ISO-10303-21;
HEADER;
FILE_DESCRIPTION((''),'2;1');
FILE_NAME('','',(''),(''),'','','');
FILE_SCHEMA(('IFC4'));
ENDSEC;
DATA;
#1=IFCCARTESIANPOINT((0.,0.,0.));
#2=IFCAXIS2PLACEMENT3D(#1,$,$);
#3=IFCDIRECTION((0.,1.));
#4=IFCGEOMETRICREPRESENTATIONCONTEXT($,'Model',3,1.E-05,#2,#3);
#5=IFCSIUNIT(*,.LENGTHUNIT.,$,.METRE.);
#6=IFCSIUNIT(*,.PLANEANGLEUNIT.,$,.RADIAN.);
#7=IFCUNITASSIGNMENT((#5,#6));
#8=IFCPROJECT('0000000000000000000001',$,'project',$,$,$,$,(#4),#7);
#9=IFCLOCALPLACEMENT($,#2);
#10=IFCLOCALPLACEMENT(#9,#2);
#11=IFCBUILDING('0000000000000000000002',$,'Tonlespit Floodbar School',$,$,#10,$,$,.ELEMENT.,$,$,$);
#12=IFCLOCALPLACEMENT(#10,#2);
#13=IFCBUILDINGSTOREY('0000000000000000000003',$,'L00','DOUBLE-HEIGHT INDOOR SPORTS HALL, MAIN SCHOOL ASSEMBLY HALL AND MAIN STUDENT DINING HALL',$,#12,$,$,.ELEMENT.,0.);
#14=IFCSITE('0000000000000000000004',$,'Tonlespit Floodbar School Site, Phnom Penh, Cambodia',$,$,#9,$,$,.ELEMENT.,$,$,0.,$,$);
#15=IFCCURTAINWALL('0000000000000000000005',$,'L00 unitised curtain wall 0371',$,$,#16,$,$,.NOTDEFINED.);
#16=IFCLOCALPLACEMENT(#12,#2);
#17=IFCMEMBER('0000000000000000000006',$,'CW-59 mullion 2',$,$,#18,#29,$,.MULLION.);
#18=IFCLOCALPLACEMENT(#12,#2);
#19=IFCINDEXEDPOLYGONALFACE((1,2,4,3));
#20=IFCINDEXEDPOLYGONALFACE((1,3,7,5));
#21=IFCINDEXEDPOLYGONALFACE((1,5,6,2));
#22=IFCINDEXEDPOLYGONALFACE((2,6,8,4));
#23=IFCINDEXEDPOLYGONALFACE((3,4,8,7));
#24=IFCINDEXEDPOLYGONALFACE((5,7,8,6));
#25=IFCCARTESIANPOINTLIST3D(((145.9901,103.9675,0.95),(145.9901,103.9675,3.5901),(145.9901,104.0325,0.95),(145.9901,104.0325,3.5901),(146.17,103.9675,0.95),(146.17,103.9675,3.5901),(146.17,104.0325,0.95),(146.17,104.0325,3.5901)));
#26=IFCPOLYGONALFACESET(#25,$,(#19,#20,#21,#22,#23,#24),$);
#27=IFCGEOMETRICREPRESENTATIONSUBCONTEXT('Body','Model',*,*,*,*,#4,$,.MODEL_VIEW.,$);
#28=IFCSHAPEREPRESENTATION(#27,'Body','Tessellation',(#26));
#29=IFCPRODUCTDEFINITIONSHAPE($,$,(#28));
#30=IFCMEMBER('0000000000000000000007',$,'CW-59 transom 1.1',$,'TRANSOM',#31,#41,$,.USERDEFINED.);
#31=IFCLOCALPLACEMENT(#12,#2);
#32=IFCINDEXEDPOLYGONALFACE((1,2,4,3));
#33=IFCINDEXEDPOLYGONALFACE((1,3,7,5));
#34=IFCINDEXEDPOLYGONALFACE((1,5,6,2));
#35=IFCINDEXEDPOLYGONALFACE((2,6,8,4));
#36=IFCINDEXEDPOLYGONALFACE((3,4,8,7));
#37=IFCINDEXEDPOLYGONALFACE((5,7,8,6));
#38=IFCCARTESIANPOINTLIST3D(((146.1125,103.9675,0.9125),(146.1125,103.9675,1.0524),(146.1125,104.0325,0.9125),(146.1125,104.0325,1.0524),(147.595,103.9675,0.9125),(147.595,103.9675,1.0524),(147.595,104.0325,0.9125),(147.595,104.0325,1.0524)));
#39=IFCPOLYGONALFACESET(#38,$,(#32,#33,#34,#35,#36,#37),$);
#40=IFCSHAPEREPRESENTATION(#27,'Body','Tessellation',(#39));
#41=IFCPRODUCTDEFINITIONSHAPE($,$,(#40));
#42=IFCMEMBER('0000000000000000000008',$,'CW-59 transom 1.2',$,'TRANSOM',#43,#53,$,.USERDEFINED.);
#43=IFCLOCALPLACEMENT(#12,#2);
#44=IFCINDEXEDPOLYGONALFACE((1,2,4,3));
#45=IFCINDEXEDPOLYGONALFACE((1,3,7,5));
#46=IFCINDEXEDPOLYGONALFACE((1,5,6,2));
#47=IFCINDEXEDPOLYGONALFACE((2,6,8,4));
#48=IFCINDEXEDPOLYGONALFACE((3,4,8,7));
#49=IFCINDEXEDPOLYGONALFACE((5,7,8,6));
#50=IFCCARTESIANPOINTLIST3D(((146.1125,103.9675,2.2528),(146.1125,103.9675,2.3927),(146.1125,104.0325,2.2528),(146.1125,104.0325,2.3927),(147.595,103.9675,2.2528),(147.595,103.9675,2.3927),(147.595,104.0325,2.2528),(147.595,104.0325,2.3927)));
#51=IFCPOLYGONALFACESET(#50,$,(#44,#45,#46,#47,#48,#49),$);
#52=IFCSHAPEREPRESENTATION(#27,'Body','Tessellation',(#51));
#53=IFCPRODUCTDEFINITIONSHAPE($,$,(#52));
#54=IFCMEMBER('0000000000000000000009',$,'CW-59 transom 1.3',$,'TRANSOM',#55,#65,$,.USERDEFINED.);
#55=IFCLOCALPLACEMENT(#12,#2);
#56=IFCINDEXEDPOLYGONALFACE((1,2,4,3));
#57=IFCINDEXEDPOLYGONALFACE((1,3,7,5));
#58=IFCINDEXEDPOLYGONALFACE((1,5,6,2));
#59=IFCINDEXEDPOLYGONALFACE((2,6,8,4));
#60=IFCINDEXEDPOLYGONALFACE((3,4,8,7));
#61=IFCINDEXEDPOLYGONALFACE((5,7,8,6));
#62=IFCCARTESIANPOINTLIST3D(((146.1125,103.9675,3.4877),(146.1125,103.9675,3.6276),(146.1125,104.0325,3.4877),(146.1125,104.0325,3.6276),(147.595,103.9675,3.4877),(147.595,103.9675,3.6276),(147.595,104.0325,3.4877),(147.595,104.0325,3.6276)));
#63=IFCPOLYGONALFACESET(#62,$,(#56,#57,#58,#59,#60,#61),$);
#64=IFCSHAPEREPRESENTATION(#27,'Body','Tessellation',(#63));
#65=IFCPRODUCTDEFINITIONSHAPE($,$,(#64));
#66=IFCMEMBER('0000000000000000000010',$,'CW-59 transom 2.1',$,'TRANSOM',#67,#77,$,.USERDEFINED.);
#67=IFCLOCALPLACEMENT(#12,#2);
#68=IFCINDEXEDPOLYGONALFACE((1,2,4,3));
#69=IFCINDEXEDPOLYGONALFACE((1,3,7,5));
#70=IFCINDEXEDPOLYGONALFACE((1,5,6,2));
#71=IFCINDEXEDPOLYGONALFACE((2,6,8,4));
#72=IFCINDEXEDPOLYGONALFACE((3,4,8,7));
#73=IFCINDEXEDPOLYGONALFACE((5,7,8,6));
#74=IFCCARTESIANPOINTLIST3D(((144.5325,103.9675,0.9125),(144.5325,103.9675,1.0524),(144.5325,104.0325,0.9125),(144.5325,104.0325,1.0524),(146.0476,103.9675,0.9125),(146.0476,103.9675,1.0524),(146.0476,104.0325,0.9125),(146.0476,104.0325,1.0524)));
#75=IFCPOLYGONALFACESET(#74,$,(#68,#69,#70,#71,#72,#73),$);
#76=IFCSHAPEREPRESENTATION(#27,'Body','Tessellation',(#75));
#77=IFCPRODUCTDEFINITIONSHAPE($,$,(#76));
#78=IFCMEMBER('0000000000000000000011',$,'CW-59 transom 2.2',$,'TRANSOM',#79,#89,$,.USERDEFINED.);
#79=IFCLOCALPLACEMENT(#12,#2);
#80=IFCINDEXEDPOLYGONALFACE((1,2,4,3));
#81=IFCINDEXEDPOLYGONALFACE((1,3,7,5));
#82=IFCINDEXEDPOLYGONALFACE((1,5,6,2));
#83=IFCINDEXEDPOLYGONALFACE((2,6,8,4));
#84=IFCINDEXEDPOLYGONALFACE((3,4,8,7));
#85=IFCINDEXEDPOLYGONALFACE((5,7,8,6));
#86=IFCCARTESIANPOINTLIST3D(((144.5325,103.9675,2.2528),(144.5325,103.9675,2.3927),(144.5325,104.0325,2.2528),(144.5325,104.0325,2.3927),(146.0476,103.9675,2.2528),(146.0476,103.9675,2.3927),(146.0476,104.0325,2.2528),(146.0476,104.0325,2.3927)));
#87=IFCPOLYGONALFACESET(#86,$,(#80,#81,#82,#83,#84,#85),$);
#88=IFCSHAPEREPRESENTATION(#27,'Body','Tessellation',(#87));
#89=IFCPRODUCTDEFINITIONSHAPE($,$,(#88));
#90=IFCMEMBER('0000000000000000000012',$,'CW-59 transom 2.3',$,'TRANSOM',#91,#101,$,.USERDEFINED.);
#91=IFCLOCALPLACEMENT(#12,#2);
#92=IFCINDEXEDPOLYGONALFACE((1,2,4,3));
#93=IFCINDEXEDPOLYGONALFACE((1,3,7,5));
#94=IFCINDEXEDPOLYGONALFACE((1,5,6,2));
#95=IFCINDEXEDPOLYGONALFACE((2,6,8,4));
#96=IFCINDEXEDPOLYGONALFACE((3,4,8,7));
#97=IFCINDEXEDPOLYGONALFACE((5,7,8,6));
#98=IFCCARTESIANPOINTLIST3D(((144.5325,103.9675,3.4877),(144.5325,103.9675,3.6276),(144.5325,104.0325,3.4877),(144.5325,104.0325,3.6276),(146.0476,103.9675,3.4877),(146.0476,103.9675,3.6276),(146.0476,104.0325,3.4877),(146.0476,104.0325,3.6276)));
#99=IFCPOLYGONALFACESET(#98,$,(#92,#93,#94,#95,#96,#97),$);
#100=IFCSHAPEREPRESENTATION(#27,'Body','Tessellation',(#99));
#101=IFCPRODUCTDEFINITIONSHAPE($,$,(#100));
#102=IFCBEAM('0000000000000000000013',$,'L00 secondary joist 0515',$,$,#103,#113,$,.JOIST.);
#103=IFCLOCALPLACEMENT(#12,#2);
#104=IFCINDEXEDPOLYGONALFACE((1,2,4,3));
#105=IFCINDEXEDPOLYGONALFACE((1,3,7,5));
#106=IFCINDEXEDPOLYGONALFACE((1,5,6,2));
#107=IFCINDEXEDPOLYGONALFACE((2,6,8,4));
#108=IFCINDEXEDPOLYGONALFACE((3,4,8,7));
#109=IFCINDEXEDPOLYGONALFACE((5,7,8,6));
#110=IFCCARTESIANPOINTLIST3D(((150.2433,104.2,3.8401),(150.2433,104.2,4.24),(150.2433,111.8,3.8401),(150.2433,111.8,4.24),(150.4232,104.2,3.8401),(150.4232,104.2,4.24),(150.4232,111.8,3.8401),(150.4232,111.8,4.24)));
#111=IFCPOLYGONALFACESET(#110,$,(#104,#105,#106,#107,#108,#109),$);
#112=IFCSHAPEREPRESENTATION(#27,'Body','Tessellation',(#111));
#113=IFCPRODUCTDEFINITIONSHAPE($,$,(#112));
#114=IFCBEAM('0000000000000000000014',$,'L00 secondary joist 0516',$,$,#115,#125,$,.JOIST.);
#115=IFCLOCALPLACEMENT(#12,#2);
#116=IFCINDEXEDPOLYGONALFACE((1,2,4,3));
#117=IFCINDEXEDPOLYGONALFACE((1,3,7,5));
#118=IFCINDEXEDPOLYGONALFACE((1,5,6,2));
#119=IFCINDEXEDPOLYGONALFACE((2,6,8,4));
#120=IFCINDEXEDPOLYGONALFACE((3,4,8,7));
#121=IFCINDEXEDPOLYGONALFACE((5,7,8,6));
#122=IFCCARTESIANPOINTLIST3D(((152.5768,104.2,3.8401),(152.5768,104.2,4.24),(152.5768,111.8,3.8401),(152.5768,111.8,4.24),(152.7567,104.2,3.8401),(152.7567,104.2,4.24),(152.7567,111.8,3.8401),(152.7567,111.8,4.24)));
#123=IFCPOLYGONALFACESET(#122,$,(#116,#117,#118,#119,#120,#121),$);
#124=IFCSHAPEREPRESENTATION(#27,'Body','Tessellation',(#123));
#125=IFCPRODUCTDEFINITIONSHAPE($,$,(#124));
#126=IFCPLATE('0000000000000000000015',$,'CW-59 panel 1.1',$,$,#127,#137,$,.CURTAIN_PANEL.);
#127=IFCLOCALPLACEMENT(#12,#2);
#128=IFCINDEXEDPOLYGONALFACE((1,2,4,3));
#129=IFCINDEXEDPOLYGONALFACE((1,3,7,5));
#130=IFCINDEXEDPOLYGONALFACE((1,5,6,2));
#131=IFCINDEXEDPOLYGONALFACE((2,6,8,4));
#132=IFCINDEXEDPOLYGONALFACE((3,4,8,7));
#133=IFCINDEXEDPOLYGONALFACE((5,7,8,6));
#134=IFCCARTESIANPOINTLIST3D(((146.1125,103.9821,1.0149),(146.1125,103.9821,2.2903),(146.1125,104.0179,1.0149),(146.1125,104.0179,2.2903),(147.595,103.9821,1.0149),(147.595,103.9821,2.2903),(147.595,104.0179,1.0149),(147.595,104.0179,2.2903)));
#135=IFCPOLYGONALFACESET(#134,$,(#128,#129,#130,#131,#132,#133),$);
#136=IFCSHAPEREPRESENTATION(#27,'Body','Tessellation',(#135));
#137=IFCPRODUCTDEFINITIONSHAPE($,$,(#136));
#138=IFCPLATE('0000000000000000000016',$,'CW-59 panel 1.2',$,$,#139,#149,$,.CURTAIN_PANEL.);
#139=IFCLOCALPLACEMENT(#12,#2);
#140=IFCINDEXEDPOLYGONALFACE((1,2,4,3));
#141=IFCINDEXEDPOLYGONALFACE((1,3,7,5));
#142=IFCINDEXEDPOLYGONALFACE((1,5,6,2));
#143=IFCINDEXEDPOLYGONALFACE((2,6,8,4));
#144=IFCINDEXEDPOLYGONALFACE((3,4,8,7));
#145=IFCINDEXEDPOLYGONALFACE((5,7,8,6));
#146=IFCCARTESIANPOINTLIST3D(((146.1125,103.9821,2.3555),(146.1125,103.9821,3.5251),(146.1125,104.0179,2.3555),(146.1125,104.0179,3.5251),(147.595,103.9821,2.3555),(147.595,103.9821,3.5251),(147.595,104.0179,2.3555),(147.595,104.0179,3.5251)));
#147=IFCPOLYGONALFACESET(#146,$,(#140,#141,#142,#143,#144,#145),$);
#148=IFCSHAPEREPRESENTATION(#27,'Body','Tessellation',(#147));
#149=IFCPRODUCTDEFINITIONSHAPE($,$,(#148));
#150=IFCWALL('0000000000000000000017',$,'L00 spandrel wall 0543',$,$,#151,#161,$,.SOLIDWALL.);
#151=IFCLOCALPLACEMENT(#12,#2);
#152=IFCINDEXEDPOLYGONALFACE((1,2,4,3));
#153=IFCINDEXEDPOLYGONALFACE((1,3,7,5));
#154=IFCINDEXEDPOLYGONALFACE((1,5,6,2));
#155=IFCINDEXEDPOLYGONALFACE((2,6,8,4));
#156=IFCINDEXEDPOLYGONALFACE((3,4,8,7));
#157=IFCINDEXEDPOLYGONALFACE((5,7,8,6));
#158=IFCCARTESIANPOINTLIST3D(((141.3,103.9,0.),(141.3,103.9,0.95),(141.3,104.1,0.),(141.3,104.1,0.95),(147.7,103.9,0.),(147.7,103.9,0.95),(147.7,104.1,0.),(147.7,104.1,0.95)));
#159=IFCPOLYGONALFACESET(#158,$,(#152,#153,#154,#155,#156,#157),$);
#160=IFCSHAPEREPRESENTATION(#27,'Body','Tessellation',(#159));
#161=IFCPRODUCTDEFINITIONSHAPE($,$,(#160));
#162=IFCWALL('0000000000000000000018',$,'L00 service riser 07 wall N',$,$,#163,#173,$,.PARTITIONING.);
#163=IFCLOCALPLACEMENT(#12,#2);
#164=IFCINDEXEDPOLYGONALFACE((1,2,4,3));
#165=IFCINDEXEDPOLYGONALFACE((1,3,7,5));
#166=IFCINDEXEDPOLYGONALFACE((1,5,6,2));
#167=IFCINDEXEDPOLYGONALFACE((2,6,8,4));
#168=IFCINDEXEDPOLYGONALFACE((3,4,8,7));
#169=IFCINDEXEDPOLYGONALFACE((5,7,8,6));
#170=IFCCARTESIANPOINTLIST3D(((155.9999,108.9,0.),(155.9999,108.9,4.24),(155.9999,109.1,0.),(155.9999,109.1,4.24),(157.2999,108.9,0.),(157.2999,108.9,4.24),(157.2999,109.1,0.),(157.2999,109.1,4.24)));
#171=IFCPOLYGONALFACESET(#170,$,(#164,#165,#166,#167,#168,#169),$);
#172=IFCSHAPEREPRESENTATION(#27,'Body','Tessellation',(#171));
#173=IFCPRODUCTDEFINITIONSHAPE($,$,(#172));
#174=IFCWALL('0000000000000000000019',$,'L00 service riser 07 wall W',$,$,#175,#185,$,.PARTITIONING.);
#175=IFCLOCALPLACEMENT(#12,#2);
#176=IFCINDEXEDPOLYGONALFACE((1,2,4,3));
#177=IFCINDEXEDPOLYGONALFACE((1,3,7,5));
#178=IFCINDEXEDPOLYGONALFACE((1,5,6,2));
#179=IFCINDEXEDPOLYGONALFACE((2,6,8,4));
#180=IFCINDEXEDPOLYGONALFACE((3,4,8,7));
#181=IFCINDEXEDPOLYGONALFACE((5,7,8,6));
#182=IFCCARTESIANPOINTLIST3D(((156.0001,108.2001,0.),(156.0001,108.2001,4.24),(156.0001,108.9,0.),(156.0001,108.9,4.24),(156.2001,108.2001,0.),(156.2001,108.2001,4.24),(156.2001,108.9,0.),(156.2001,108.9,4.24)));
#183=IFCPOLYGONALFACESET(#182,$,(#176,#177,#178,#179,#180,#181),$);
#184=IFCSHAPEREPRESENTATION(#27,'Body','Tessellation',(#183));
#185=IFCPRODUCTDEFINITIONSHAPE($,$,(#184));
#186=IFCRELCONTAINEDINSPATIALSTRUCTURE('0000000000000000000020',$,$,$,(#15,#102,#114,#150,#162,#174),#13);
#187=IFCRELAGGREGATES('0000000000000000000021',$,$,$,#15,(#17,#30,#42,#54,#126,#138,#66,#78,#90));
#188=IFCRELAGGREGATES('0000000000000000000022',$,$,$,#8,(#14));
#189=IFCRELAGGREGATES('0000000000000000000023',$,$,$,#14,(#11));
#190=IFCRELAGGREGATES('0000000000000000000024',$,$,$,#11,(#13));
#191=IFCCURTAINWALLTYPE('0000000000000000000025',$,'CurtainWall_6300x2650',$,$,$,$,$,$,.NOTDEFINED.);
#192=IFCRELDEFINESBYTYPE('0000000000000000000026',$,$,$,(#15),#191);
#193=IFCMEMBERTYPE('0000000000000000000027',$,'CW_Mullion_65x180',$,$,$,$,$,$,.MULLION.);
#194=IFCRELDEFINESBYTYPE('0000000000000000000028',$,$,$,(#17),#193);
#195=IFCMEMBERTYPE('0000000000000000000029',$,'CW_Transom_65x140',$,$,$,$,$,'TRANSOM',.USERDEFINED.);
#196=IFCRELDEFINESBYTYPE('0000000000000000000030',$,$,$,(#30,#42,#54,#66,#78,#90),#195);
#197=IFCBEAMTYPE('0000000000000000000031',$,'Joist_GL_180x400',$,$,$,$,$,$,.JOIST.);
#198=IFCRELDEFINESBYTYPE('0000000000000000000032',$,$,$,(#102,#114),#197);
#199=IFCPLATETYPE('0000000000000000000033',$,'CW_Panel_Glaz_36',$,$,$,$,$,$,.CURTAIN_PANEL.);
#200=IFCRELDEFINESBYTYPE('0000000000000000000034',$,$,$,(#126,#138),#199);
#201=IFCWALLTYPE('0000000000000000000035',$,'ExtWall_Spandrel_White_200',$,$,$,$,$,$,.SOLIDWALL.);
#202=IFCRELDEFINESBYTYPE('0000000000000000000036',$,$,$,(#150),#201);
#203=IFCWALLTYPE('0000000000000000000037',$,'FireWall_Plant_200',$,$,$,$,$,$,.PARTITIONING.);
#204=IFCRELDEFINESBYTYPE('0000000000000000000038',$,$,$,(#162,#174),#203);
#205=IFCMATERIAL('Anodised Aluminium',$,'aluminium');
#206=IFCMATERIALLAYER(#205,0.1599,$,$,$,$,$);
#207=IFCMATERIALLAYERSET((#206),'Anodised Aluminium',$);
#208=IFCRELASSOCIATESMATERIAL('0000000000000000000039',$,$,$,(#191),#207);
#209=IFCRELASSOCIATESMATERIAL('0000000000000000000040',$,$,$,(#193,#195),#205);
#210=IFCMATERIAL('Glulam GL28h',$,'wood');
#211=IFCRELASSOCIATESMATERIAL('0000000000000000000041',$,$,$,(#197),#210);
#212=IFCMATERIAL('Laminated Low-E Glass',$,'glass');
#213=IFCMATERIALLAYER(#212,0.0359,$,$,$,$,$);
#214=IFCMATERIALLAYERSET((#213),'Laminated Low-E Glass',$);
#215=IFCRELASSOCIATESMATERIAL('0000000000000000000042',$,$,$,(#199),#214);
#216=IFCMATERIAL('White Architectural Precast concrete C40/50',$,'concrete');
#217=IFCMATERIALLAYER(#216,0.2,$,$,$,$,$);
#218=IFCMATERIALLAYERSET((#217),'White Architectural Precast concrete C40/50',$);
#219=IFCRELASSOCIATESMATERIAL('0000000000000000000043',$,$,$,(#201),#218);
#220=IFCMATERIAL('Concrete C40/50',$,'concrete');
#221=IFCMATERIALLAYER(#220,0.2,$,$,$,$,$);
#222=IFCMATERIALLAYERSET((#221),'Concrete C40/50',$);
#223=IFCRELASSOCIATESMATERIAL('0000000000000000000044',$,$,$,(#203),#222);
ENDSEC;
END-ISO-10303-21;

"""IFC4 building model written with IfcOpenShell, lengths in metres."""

from ifc_helpers import new_model, si_unit, direction, frame, frame_2d, origin, origin_2d, place, context, subcontext, project, spatial, rectangle, extrude, material, layer, layer_set, material_profile, profile_set, type_object, element, aggregate, save


model = new_model("IFC4")

# Units and contexts
model_context = context("Model", 3, precision=1e-05, world=origin(), true_north=direction((0.0, 1.0)))
body_context = subcontext(model_context, "Body", "Model", "MODEL_VIEW")
ifc_project = project(units=[si_unit("LENGTHUNIT", "METRE"), si_unit("PLANEANGLEUNIT", "RADIAN")], contexts=[model_context])

# Site, building, storey
site_placement = place(None, origin())
site = spatial("IfcSite", under=ifc_project, at=site_placement, Name="Tonlespit Floodbar School Site, Phnom Penh, Cambodia", CompositionType="ELEMENT", RefElevation=0.0)
building_placement = place(site_placement, origin())
building = spatial("IfcBuilding", under=site, at=building_placement, Name="Tonlespit Floodbar School", CompositionType="ELEMENT")
storey_placement = place(building_placement, origin())
storey = spatial("IfcBuildingStorey", under=building, at=storey_placement, Name="L00", Description="DOUBLE-HEIGHT INDOOR SPORTS HALL, MAIN SCHOOL ASSEMBLY HALL AND MAIN STUDENT DINING HALL", CompositionType="ELEMENT", Elevation=0.0)

# Shared definitions
ifc_material_1 = material(Name="Concrete C40/50", Category="concrete")

# Curtain wall, members
ifc_material_2 = material(Name="Anodised Aluminium", Category="aluminium")
ifc_layer_1 = layer(ifc_material_2, 0.1599)
ifc_layer_set_1 = layer_set([ifc_layer_1], Name="Anodised Aluminium")
curtain_wall_type = type_object("IfcCurtainWallType", Name="CurtainWall_6300x2650", PredefinedType="NOTDEFINED", material=ifc_layer_set_1)
curtain_wall_placement = place(storey_placement, origin())
curtain_wall = element("IfcCurtainWall", 1, at=curtain_wall_placement, inside=storey, type_object=curtain_wall_type, Name="L00 unitised curtain wall 0371", PredefinedType="NOTDEFINED")
ifc_material_profile_1 = material_profile(ifc_material_2, rectangle(XDim=0.0649, YDim=0.1799, at=origin_2d()), Name="ALU M65x180")
ifc_profile_set_1 = profile_set([ifc_material_profile_1], Name="Anodised Aluminium")
member_type_1 = type_object("IfcMemberType", Name="CW_Mullion_65x180", PredefinedType="MULLION", material=ifc_profile_set_1)
member_1_placement = place(storey_placement, frame((146.0801, 104.0, 0.95), z_axis=(0.0, 0.0, 1.0), x_axis=(0.0, -1.0, 0.0)))
member_1 = element("IfcMember", 2, at=member_1_placement, type_object=member_type_1, Name="CW-59 mullion 2", PredefinedType="MULLION", context=body_context, shape_type="SweptSolid", body=[
    extrude(rectangle(XDim=0.0649, YDim=0.1799, at=origin_2d()), origin(), (0.0, 0.0, 1.0), 2.6401),
])
ifc_material_profile_2 = material_profile(ifc_material_2, rectangle(XDim=0.0649, YDim=0.1399, at=origin_2d()), Name="ALU T65x140")
ifc_profile_set_2 = profile_set([ifc_material_profile_2], Name="Anodised Aluminium")
member_type_2 = type_object("IfcMemberType", Name="CW_Transom_65x140", ElementType="TRANSOM", PredefinedType="USERDEFINED", material=ifc_profile_set_2)
member_2_placement = place(storey_placement, frame((147.595, 104.0, 0.9824), z_axis=(-1.0, 0.0, 0.0), x_axis=(0.0, -1.0, 0.0)))
member_2 = element("IfcMember", 3, at=member_2_placement, type_object=member_type_2, Name="CW-59 transom 1.1", ObjectType="TRANSOM", PredefinedType="USERDEFINED", context=body_context, shape_type="SweptSolid", body=[
    extrude(rectangle(XDim=0.0649, YDim=0.1399, at=origin_2d()), origin(), (0.0, 0.0, 1.0), 1.4824),
])
member_3_placement = place(storey_placement, frame((147.595, 104.0, 2.3228), z_axis=(-1.0, 0.0, 0.0), x_axis=(0.0, -1.0, 0.0)))
member_3 = element("IfcMember", 4, at=member_3_placement, type_object=member_type_2, Name="CW-59 transom 1.2", ObjectType="TRANSOM", PredefinedType="USERDEFINED", context=body_context, shape_type="SweptSolid", body=[
    extrude(rectangle(XDim=0.0649, YDim=0.1399, at=origin_2d()), origin(), (0.0, 0.0, 1.0), 1.4824),
])
member_4_placement = place(storey_placement, frame((147.595, 104.0, 3.5576), z_axis=(-1.0, 0.0, 0.0), x_axis=(0.0, -1.0, 0.0)))
member_4 = element("IfcMember", 5, at=member_4_placement, type_object=member_type_2, Name="CW-59 transom 1.3", ObjectType="TRANSOM", PredefinedType="USERDEFINED", context=body_context, shape_type="SweptSolid", body=[
    extrude(rectangle(XDim=0.0649, YDim=0.1399, at=origin_2d()), origin(), (0.0, 0.0, 1.0), 1.4824),
])
member_5_placement = place(storey_placement, frame((146.0476, 104.0, 0.9824), z_axis=(-1.0, 0.0, 0.0), x_axis=(0.0, -1.0, 0.0)))
member_5 = element("IfcMember", 6, at=member_5_placement, type_object=member_type_2, Name="CW-59 transom 2.1", ObjectType="TRANSOM", PredefinedType="USERDEFINED", context=body_context, shape_type="SweptSolid", body=[
    extrude(rectangle(XDim=0.0649, YDim=0.1399, at=origin_2d()), origin(), (0.0, 0.0, 1.0), 1.5151),
])
member_6_placement = place(storey_placement, frame((146.0476, 104.0, 2.3228), z_axis=(-1.0, 0.0, 0.0), x_axis=(0.0, -1.0, 0.0)))
member_6 = element("IfcMember", 7, at=member_6_placement, type_object=member_type_2, Name="CW-59 transom 2.2", ObjectType="TRANSOM", PredefinedType="USERDEFINED", context=body_context, shape_type="SweptSolid", body=[
    extrude(rectangle(XDim=0.0649, YDim=0.1399, at=origin_2d()), origin(), (0.0, 0.0, 1.0), 1.5151),
])
member_7_placement = place(storey_placement, frame((146.0476, 104.0, 3.5576), z_axis=(-1.0, 0.0, 0.0), x_axis=(0.0, -1.0, 0.0)))
member_7 = element("IfcMember", 8, at=member_7_placement, type_object=member_type_2, Name="CW-59 transom 2.3", ObjectType="TRANSOM", PredefinedType="USERDEFINED", context=body_context, shape_type="SweptSolid", body=[
    extrude(rectangle(XDim=0.0649, YDim=0.1399, at=origin_2d()), origin(), (0.0, 0.0, 1.0), 1.5151),
])

# Beams
ifc_material_3 = material(Name="Glulam GL28h", Category="wood")
ifc_material_profile_3 = material_profile(ifc_material_3, rectangle(XDim=0.1799, YDim=0.3999, at=origin_2d()), Name="GL 180x400")
ifc_profile_set_3 = profile_set([ifc_material_profile_3], Name="Glulam GL28h")
beam_type_1 = type_object("IfcBeamType", Name="Joist_GL_180x400", PredefinedType="JOIST", material=ifc_profile_set_3)
for number, where, z_axis, x_axis, name in (
    (9, (150.3333, 104.2, 4.04), (0.0, 1.0, 0.0), (-1.0, 0.0, 0.0), "L00 secondary joist 0515"),
    (10, (152.6667, 104.2, 4.04), (0.0, 1.0, 0.0), (-1.0, 0.0, 0.0), "L00 secondary joist 0516"),
):
    element("IfcBeam", number, at=place(storey_placement, frame(where, z_axis=z_axis, x_axis=x_axis)), inside=storey, type_object=beam_type_1, Name=name, PredefinedType="JOIST", context=body_context, shape_type="SweptSolid", body=[
        extrude(rectangle(XDim=0.1799, YDim=0.3999, at=origin_2d()), origin(), (0.0, 0.0, 1.0), 7.6001),
    ])

# Plates
ifc_material_4 = material(Name="Laminated Low-E Glass", Category="glass")
ifc_layer_2 = layer(ifc_material_4, 0.0359)
ifc_layer_set_2 = layer_set([ifc_layer_2], Name="Laminated Low-E Glass")
plate_type = type_object("IfcPlateType", Name="CW_Panel_Glaz_36", PredefinedType="CURTAIN_PANEL", material=ifc_layer_set_2)
plate_1_placement = place(storey_placement, frame((146.8538, 104.0, 1.0149), z_axis=(0.0, 0.0, 1.0), x_axis=(-1.0, 0.0, 0.0)))
plate_1 = element("IfcPlate", 11, at=plate_1_placement, type_object=plate_type, Name="CW-59 panel 1.1", PredefinedType="CURTAIN_PANEL", context=body_context, shape_type="SweptSolid", body=[
    extrude(rectangle(XDim=1.4824, YDim=0.0359, at=origin_2d()), origin(), (0.0, 0.0, 1.0), 1.2754),
])
plate_2_placement = place(storey_placement, frame((146.8538, 104.0, 2.3555), z_axis=(0.0, 0.0, 1.0), x_axis=(-1.0, 0.0, 0.0)))
plate_2 = element("IfcPlate", 12, at=plate_2_placement, type_object=plate_type, Name="CW-59 panel 1.2", PredefinedType="CURTAIN_PANEL", context=body_context, shape_type="SweptSolid", body=[
    extrude(rectangle(XDim=1.4824, YDim=0.0359, at=origin_2d()), origin(), (0.0, 0.0, 1.0), 1.1697),
])
aggregate(curtain_wall, [member_1, member_2, member_3, member_4, plate_1, plate_2, member_5, member_6, member_7])

# Walls
ifc_material_5 = material(Name="White Architectural Precast concrete C40/50", Category="concrete")
ifc_layer_3 = layer(ifc_material_5, 0.2)
ifc_layer_set_3 = layer_set([ifc_layer_3], Name="White Architectural Precast concrete C40/50")
wall_type_1 = type_object("IfcWallType", Name="ExtWall_Spandrel_White_200", PredefinedType="SOLIDWALL", material=ifc_layer_set_3)
wall_1_placement = place(storey_placement, frame((147.7, 104.0, 0.0), z_axis=(0.0, 0.0, 1.0), x_axis=(-1.0, 0.0, 0.0)))
element("IfcWall", 13, at=wall_1_placement, inside=storey, type_object=wall_type_1, Name="L00 spandrel wall 0543", PredefinedType="SOLIDWALL", context=body_context, shape_type="SweptSolid", body=[
    extrude(rectangle(XDim=6.3999, YDim=0.2, at=frame_2d((3.2, 0.0))), origin(), (0.0, 0.0, 1.0), 0.95),
])
ifc_layer_4 = layer(ifc_material_1, 0.2)
ifc_layer_set_4 = layer_set([ifc_layer_4], Name="Concrete C40/50")
wall_type_2 = type_object("IfcWallType", Name="FireWall_Plant_200", PredefinedType="PARTITIONING", material=ifc_layer_set_4)
wall_2_placement = place(storey_placement, frame((156.0, 109.0, 0.0), z_axis=(0.0, 0.0, 1.0), x_axis=(1.0, 0.0, 0.0)))
element("IfcWall", 14, at=wall_2_placement, inside=storey, type_object=wall_type_2, Name="L00 service riser 07 wall N", PredefinedType="PARTITIONING", context=body_context, shape_type="SweptSolid", body=[
    extrude(rectangle(XDim=1.3, YDim=0.2, at=frame_2d((0.6499, 0.0))), origin(), (0.0, 0.0, 1.0), 4.24),
])
wall_3_placement = place(storey_placement, frame((156.1001, 108.2, 0.0), z_axis=(0.0, 0.0, 1.0), x_axis=(0.0, 1.0, 0.0)))
element("IfcWall", 15, at=wall_3_placement, inside=storey, type_object=wall_type_2, Name="L00 service riser 07 wall W", PredefinedType="PARTITIONING", context=body_context, shape_type="SweptSolid", body=[
    extrude(rectangle(XDim=0.7, YDim=0.2, at=frame_2d((0.3501, 0.0))), origin(), (0.0, 0.0, 1.0), 4.24),
])

save(model, "model.ifc")
